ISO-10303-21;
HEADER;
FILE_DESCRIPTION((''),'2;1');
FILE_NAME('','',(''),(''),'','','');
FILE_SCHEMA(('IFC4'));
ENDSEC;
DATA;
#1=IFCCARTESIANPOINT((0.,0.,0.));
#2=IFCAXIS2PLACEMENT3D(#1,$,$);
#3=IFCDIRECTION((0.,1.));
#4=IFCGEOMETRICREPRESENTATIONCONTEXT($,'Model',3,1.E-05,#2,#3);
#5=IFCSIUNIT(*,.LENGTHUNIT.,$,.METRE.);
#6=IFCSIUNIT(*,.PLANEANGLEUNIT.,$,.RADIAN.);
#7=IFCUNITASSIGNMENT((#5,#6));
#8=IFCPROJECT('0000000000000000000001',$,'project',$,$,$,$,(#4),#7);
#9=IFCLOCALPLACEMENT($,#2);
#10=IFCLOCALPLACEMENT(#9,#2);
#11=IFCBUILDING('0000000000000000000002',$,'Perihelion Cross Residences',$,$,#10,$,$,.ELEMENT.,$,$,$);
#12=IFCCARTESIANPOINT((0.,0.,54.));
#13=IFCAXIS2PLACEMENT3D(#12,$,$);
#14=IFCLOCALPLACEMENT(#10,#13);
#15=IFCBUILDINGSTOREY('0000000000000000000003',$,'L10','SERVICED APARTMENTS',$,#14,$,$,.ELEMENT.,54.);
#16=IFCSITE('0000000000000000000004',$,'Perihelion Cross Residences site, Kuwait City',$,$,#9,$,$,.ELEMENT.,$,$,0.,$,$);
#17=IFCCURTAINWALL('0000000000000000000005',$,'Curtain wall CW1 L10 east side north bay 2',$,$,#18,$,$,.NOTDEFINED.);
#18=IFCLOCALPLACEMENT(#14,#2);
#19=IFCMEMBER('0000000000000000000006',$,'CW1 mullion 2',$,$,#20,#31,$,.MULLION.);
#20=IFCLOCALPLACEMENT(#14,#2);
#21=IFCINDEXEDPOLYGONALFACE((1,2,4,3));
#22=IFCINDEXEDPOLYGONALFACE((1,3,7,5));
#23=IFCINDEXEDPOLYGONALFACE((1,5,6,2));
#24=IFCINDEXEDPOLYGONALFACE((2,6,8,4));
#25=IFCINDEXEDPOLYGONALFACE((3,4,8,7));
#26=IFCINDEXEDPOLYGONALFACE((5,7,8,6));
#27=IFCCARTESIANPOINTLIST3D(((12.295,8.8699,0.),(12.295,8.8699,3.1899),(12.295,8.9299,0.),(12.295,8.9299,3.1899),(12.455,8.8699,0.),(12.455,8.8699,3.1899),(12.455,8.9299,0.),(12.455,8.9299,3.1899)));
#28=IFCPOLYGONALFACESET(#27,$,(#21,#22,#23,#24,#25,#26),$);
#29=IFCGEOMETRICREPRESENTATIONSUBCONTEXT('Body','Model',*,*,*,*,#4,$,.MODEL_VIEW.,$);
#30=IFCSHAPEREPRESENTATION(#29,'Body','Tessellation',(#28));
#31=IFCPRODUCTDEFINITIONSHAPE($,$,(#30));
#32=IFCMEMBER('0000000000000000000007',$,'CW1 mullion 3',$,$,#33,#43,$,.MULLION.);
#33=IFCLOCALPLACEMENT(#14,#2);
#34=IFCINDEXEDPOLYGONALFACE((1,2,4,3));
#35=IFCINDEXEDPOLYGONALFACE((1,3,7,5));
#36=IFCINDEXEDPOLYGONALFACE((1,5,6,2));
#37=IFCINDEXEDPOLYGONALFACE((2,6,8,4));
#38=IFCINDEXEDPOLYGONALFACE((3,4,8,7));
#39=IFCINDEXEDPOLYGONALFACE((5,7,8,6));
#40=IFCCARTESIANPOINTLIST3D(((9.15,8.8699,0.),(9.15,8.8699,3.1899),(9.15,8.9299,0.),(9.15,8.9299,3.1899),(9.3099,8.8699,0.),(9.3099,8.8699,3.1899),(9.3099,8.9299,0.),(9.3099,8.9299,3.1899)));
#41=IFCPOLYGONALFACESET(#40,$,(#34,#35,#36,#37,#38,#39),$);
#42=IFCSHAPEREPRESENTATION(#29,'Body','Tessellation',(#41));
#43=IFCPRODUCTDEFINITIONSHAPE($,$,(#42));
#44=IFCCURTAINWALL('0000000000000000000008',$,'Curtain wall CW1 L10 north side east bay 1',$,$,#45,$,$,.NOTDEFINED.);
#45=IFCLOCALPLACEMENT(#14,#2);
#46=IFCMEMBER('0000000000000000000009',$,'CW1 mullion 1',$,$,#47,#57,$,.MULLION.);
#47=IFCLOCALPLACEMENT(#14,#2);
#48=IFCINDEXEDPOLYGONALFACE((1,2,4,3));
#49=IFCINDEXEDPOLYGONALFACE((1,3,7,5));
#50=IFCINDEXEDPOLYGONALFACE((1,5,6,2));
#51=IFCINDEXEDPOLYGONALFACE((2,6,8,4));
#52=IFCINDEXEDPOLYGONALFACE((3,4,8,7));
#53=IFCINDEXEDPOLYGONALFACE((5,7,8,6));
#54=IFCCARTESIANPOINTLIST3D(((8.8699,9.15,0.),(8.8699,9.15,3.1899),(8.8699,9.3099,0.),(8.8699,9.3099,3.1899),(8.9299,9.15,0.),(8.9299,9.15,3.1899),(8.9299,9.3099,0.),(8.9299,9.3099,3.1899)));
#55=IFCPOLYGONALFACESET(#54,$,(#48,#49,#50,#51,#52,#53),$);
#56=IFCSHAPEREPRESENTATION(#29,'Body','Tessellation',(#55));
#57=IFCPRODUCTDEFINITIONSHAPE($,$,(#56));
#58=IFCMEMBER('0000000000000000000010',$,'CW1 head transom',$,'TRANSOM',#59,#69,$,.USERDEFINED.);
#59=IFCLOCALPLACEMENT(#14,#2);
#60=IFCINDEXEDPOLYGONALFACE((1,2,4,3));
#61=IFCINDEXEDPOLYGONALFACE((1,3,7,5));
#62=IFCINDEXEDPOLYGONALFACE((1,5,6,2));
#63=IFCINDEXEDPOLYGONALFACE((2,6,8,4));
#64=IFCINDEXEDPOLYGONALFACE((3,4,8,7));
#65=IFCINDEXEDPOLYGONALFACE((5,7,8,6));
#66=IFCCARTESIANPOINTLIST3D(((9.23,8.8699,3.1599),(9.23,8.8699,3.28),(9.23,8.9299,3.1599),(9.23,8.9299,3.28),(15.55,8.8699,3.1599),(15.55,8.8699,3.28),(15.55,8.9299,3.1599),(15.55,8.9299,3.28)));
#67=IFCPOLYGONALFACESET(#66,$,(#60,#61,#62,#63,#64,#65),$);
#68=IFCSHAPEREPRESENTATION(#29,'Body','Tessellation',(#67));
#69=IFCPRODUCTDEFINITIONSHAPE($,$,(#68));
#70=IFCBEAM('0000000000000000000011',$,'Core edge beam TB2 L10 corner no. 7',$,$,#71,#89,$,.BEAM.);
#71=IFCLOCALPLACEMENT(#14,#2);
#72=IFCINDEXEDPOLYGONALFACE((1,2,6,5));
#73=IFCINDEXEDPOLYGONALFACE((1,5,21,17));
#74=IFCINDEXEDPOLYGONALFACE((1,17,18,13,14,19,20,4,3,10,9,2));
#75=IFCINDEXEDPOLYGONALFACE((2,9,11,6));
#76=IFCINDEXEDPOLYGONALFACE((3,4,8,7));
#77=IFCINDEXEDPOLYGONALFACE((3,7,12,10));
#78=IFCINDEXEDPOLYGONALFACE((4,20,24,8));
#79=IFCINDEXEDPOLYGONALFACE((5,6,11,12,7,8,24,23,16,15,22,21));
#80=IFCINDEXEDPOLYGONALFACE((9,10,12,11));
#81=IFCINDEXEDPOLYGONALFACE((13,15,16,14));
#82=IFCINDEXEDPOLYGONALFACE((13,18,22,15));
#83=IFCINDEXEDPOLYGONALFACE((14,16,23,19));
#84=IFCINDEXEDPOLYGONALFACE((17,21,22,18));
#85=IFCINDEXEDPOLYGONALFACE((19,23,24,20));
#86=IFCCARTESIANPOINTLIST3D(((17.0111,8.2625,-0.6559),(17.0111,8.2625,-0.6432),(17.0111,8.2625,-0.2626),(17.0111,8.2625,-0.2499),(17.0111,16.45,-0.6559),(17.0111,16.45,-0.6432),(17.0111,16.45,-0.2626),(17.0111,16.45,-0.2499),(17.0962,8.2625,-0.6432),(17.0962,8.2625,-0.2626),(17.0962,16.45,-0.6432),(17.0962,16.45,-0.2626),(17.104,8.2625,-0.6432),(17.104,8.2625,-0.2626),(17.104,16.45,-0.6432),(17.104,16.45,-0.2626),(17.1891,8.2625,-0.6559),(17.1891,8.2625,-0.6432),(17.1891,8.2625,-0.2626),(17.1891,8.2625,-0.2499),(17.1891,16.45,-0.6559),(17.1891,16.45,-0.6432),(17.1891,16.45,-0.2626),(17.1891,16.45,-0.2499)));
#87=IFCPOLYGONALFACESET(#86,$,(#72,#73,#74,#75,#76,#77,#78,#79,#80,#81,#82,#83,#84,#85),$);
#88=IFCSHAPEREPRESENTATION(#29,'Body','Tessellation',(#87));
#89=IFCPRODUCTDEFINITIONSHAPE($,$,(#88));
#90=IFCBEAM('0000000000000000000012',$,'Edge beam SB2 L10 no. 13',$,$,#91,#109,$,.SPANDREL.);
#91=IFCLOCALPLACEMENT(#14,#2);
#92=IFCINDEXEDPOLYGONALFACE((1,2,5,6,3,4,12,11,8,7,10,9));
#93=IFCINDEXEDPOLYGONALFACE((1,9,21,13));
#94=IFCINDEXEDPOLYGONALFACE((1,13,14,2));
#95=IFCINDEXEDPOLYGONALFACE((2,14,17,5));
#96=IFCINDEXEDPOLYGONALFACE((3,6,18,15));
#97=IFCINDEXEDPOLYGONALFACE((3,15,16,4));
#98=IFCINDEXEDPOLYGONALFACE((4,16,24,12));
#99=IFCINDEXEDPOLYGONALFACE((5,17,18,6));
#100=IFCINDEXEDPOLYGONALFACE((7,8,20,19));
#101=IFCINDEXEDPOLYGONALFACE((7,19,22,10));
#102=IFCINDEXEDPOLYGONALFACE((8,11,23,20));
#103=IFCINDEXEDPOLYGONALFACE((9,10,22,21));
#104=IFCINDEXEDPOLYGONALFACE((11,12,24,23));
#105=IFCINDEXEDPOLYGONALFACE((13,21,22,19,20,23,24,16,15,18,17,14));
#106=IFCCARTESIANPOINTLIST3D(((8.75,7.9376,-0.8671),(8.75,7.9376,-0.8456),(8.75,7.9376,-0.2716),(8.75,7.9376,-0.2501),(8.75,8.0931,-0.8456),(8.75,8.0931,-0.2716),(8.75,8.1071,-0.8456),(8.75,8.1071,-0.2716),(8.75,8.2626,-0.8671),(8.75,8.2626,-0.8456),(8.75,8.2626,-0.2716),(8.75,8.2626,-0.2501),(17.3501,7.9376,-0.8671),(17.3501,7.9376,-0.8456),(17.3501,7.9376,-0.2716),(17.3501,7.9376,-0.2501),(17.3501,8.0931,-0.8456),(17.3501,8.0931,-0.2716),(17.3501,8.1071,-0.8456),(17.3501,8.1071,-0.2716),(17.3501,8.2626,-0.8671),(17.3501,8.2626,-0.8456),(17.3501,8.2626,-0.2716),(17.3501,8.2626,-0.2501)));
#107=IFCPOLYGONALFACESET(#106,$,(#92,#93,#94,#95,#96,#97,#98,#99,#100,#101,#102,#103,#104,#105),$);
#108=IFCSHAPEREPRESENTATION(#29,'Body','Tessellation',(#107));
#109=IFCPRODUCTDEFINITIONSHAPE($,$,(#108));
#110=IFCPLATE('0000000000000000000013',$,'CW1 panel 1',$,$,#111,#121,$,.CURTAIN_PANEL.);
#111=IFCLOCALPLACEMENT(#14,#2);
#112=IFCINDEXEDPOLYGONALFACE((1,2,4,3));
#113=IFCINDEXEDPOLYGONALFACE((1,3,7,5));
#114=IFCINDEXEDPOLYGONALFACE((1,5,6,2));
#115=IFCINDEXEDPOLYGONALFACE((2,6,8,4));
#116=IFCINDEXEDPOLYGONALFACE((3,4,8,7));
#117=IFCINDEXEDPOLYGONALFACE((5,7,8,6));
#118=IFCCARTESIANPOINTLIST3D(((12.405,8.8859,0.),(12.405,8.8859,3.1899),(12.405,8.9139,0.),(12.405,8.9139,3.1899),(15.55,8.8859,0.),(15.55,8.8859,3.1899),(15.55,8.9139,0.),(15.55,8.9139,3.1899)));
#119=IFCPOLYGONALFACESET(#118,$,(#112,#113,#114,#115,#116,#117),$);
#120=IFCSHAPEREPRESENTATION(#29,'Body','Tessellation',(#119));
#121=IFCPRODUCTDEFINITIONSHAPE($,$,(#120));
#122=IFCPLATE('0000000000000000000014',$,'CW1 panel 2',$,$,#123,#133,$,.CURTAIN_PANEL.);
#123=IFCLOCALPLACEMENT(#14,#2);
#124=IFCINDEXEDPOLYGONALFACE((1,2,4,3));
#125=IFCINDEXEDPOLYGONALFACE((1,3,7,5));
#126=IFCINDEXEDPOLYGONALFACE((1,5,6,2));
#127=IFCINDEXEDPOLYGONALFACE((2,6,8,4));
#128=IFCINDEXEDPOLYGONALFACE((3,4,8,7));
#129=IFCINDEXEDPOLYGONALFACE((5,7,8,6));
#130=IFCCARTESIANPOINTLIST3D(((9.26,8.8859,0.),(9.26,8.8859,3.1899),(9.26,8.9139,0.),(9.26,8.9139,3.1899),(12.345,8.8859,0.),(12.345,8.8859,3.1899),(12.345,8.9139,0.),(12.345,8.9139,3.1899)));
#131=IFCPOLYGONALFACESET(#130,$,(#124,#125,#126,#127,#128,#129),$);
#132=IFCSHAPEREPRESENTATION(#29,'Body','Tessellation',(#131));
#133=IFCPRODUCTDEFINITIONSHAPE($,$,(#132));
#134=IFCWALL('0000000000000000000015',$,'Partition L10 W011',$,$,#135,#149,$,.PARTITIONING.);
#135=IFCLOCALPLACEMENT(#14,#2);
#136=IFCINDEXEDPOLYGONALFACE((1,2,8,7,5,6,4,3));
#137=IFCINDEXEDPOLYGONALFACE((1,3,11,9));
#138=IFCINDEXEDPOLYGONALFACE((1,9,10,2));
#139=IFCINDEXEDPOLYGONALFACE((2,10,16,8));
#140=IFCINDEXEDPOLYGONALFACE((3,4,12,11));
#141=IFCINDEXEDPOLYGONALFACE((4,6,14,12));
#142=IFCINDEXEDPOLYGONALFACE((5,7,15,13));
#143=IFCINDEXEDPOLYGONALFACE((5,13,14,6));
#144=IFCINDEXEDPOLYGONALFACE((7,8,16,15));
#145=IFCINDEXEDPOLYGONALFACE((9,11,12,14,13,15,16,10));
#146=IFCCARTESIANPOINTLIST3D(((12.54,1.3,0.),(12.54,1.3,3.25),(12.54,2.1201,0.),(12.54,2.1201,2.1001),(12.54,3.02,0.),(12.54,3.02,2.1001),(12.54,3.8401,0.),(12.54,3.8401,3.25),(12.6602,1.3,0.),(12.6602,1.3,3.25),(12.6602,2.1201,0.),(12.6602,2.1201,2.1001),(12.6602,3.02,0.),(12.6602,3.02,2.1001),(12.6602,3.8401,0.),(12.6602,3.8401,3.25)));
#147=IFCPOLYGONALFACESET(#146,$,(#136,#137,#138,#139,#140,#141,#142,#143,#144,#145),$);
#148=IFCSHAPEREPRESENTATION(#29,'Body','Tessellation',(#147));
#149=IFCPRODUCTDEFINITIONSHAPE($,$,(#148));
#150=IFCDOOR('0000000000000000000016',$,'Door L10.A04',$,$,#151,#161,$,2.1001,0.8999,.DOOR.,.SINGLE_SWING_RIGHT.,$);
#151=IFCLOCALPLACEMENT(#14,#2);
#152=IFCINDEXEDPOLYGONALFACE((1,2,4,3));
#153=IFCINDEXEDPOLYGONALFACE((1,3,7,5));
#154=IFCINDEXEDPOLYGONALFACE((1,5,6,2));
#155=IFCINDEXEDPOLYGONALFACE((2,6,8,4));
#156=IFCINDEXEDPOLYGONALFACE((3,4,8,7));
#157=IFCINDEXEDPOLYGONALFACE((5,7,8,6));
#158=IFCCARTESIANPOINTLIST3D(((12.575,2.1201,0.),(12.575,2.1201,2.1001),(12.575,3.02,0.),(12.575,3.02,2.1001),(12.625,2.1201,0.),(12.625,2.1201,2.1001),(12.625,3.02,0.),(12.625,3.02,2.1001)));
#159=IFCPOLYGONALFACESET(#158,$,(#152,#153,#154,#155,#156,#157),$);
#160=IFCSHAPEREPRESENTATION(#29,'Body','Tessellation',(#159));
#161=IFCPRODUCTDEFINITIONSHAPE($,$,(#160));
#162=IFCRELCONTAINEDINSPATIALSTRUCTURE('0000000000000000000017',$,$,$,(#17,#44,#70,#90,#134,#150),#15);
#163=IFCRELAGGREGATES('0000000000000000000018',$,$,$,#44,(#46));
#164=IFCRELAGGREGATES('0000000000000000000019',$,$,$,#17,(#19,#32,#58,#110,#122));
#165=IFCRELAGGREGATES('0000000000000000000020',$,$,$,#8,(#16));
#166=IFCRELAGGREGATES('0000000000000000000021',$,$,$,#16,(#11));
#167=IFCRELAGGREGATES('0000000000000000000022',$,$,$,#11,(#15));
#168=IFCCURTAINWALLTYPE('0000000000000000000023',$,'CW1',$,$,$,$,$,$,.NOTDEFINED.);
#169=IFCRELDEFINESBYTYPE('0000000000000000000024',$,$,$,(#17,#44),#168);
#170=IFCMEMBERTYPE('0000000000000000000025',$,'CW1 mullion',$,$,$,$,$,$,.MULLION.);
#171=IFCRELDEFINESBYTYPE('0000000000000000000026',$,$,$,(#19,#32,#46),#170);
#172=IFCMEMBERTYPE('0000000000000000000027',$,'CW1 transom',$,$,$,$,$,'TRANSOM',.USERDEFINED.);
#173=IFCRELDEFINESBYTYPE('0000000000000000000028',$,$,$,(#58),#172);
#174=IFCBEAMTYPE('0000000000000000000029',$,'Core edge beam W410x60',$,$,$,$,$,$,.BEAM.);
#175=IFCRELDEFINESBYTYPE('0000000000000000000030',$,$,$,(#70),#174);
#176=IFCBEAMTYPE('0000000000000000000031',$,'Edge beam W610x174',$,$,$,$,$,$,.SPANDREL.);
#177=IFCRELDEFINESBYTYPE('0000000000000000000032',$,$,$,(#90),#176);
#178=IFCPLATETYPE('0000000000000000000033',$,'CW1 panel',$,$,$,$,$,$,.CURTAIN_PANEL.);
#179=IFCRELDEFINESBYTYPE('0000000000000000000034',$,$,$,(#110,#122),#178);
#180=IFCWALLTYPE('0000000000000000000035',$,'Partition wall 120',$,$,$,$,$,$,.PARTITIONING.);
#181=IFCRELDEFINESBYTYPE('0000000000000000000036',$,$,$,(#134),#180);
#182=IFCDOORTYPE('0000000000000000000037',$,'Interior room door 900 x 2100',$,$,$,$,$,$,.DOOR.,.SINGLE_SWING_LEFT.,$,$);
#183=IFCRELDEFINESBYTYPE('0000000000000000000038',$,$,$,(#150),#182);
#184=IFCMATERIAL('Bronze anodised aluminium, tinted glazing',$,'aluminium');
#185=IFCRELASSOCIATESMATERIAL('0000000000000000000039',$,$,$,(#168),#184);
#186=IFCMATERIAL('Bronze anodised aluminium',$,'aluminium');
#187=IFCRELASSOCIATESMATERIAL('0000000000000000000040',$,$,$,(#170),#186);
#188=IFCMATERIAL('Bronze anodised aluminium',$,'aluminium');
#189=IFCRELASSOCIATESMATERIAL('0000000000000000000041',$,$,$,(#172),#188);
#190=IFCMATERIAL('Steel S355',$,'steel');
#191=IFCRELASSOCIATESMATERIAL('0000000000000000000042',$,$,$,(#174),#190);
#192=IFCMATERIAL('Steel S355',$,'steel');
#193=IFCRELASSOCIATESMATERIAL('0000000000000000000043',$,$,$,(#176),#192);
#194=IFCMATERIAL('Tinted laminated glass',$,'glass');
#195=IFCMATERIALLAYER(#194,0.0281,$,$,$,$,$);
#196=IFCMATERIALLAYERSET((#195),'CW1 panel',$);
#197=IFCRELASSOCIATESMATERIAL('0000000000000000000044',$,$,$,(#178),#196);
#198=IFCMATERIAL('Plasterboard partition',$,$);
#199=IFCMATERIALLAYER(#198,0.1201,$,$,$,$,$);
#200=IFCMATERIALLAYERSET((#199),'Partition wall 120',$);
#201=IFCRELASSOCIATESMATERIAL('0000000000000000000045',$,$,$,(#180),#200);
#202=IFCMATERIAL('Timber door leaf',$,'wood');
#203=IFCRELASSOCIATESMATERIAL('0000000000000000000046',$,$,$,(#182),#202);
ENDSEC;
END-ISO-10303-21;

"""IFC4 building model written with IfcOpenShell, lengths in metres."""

from ifc_helpers import new_model, si_unit, direction, frame, frame_2d, origin, origin_2d, place, context, subcontext, project, spatial, rectangle, i_section, extrude, material, layer, layer_set, material_profile, profile_set, type_object, element, fill, aggregate, save


model = new_model("IFC4")

# Units and contexts
model_context = context("Model", 3, precision=1e-05, world=origin(), true_north=direction((0.0, 1.0)))
body_context = subcontext(model_context, "Body", "Model", "MODEL_VIEW")
ifc_project = project(units=[si_unit("LENGTHUNIT", "METRE"), si_unit("PLANEANGLEUNIT", "RADIAN")], contexts=[model_context])

# Site, building, storey
site_placement = place(None, origin())
site = spatial("IfcSite", under=ifc_project, at=site_placement, Name="Perihelion Cross Residences site, Kuwait City", CompositionType="ELEMENT", RefElevation=0.0)
building_placement = place(site_placement, origin())
building = spatial("IfcBuilding", under=site, at=building_placement, Name="Perihelion Cross Residences", CompositionType="ELEMENT")
storey_placement = place(building_placement, frame((0.0, 0.0, 54.0)))
storey = spatial("IfcBuildingStorey", under=building, at=storey_placement, Name="L10", Description="SERVICED APARTMENTS", CompositionType="ELEMENT", Elevation=54.0)

# Curtain wall, members
ifc_material_1 = material(Name="Bronze anodised aluminium, tinted glazing", Category="aluminium")
curtain_wall_type = type_object("IfcCurtainWallType", Name="CW1", PredefinedType="NOTDEFINED", material=ifc_material_1)
curtain_wall_1_placement = place(storey_placement, origin())
curtain_wall_1 = element("IfcCurtainWall", 1, at=curtain_wall_1_placement, inside=storey, type_object=curtain_wall_type, Name="Curtain wall CW1 L10 east side north bay 2", PredefinedType="NOTDEFINED")
ifc_material_2 = material(Name="Bronze anodised aluminium", Category="aluminium")
ifc_material_profile_1 = material_profile(ifc_material_2, rectangle(XDim=0.0601, YDim=0.1599, at=origin_2d()), Name="CW1 mullion")
ifc_profile_set_1 = profile_set([ifc_material_profile_1], Name="Bronze anodised aluminium")
member_type_1 = type_object("IfcMemberType", Name="CW1 mullion", PredefinedType="MULLION", material=ifc_profile_set_1)
member_1_placement = place(storey_placement, frame((12.375, 8.8999, 0.0), z_axis=(0.0, 0.0, 1.0), x_axis=(0.0, -1.0, 0.0)))
member_1 = element("IfcMember", 2, at=member_1_placement, type_object=member_type_1, Name="CW1 mullion 2", PredefinedType="MULLION", context=body_context, shape_type="SweptSolid", body=[
    extrude(rectangle(XDim=0.0601, YDim=0.1599, at=origin_2d()), origin(), (0.0, 0.0, 1.0), 3.1899),
])
member_2_placement = place(storey_placement, frame((9.23, 8.8999, 0.0), z_axis=(0.0, 0.0, 1.0), x_axis=(0.0, -1.0, 0.0)))
member_2 = element("IfcMember", 3, at=member_2_placement, type_object=member_type_1, Name="CW1 mullion 3", PredefinedType="MULLION", context=body_context, shape_type="SweptSolid", body=[
    extrude(rectangle(XDim=0.0601, YDim=0.1599, at=origin_2d()), origin(), (0.0, 0.0, 1.0), 3.1899),
])

# Curtain wall, member
curtain_wall_2_placement = place(storey_placement, origin())
curtain_wall_2 = element("IfcCurtainWall", 4, at=curtain_wall_2_placement, inside=storey, type_object=curtain_wall_type, Name="Curtain wall CW1 L10 north side east bay 1", PredefinedType="NOTDEFINED")
member_3_placement = place(storey_placement, frame((8.8999, 9.23, 0.0), z_axis=(0.0, 0.0, 1.0), x_axis=(-1.0, 0.0, 0.0)))
member_3 = element("IfcMember", 5, at=member_3_placement, type_object=member_type_1, Name="CW1 mullion 1", PredefinedType="MULLION", context=body_context, shape_type="SweptSolid", body=[
    extrude(rectangle(XDim=0.0601, YDim=0.1599, at=origin_2d()), origin(), (0.0, 0.0, 1.0), 3.1899),
])
aggregate(curtain_wall_2, [member_3])

# Member
ifc_material_3 = material(Name="Bronze anodised aluminium", Category="aluminium")
ifc_material_profile_2 = material_profile(ifc_material_3, rectangle(XDim=0.0601, YDim=0.1201, at=origin_2d()), Name="CW1 transom")
ifc_profile_set_2 = profile_set([ifc_material_profile_2], Name="Bronze anodised aluminium")
member_type_2 = type_object("IfcMemberType", Name="CW1 transom", ElementType="TRANSOM", PredefinedType="USERDEFINED", material=ifc_profile_set_2)
member_4_placement = place(storey_placement, frame((15.55, 8.8999, 3.22), z_axis=(-1.0, 0.0, 0.0), x_axis=(0.0, -1.0, 0.0)))
member_4 = element("IfcMember", 6, at=member_4_placement, type_object=member_type_2, Name="CW1 head transom", ObjectType="TRANSOM", PredefinedType="USERDEFINED", context=body_context, shape_type="SweptSolid", body=[
    extrude(rectangle(XDim=0.0601, YDim=0.1201, at=origin_2d()), origin(), (0.0, 0.0, 1.0), 6.3201),
])

# Beams
ifc_material_4 = material(Name="Steel S355", Category="steel")
ifc_material_profile_3 = material_profile(ifc_material_4, i_section(OverallWidth=0.178, OverallDepth=0.406, WebThickness=0.0078, FlangeThickness=0.0127, at=origin_2d()), Name="W410x60")
ifc_profile_set_3 = profile_set([ifc_material_profile_3], Name="Steel S355")
beam_type_1 = type_object("IfcBeamType", Name="Core edge beam W410x60", PredefinedType="BEAM", material=ifc_profile_set_3)
beam_1_placement = place(storey_placement, frame((17.1001, 8.2625, -0.4529), z_axis=(0.0, 1.0, 0.0), x_axis=(-1.0, 0.0, 0.0)))
element("IfcBeam", 7, at=beam_1_placement, inside=storey, type_object=beam_type_1, Name="Core edge beam TB2 L10 corner no. 7", PredefinedType="BEAM", context=body_context, shape_type="SweptSolid", body=[
    extrude(i_section(OverallWidth=0.178, OverallDepth=0.406, WebThickness=0.0078, FlangeThickness=0.0127, at=origin_2d()), origin(), (0.0, 0.0, 1.0), 8.1875),
])
ifc_material_5 = material(Name="Steel S355", Category="steel")
ifc_material_profile_4 = material_profile(ifc_material_5, i_section(OverallWidth=0.325, OverallDepth=0.6169, WebThickness=0.0139, FlangeThickness=0.0215, at=origin_2d()), Name="W610x174")
ifc_profile_set_4 = profile_set([ifc_material_profile_4], Name="Steel S355")
beam_type_2 = type_object("IfcBeamType", Name="Edge beam W610x174", PredefinedType="SPANDREL", material=ifc_profile_set_4)
beam_2_placement = place(storey_placement, frame((17.3501, 8.1001, -0.5586), z_axis=(-1.0, 0.0, 0.0), x_axis=(0.0, -1.0, 0.0)))
element("IfcBeam", 8, at=beam_2_placement, inside=storey, type_object=beam_type_2, Name="Edge beam SB2 L10 no. 13", PredefinedType="SPANDREL", context=body_context, shape_type="SweptSolid", body=[
    extrude(i_section(OverallWidth=0.325, OverallDepth=0.6169, WebThickness=0.0139, FlangeThickness=0.0215, at=origin_2d()), origin(), (0.0, 0.0, 1.0), 8.6001),
])

# Plates
ifc_material_6 = material(Name="Tinted laminated glass", Category="glass")
ifc_layer_1 = layer(ifc_material_6, 0.0281)
ifc_layer_set_1 = layer_set([ifc_layer_1], Name="CW1 panel")
plate_type = type_object("IfcPlateType", Name="CW1 panel", PredefinedType="CURTAIN_PANEL", material=ifc_layer_set_1)
plate_1_placement = place(storey_placement, frame((13.9775, 8.8999, 0.0), z_axis=(0.0, 0.0, 1.0), x_axis=(-1.0, 0.0, 0.0)))
plate_1 = element("IfcPlate", 9, at=plate_1_placement, type_object=plate_type, Name="CW1 panel 1", PredefinedType="CURTAIN_PANEL", context=body_context, shape_type="SweptSolid", body=[
    extrude(rectangle(XDim=3.145, YDim=0.0281, at=origin_2d()), origin(), (0.0, 0.0, 1.0), 3.1899),
])
plate_2_placement = place(storey_placement, frame((10.8025, 8.8999, 0.0), z_axis=(0.0, 0.0, 1.0), x_axis=(-1.0, 0.0, 0.0)))
plate_2 = element("IfcPlate", 10, at=plate_2_placement, type_object=plate_type, Name="CW1 panel 2", PredefinedType="CURTAIN_PANEL", context=body_context, shape_type="SweptSolid", body=[
    extrude(rectangle(XDim=3.085, YDim=0.0281, at=origin_2d()), origin(), (0.0, 0.0, 1.0), 3.1899),
])
aggregate(curtain_wall_1, [member_1, member_2, member_4, plate_1, plate_2])

# Wall, opening, door
ifc_material_7 = material(Name="Plasterboard partition")
ifc_layer_2 = layer(ifc_material_7, 0.1201)
ifc_layer_set_2 = layer_set([ifc_layer_2], Name="Partition wall 120")
wall_type_1 = type_object("IfcWallType", Name="Partition wall 120", PredefinedType="PARTITIONING", material=ifc_layer_set_2)
wall_1_placement = place(storey_placement, frame((12.6001, 3.8401, 0.0), z_axis=(0.0, 0.0, 1.0), x_axis=(0.0, -1.0, 0.0)))
wall_1 = element("IfcWall", 11, at=wall_1_placement, inside=storey, type_object=wall_type_1, Name="Partition L10 W011", PredefinedType="PARTITIONING", context=body_context, shape_type="SweptSolid", body=[
    extrude(rectangle(XDim=2.54, YDim=0.1201, at=frame_2d((1.27, 0.0))), origin(), (0.0, 0.0, 1.0), 3.25),
])
opening_1_placement = place(wall_1_placement, frame((0.8201, 0.0, 0.0)))
opening_1 = element("IfcOpeningElement", 12, at=opening_1_placement, cuts=wall_1, PredefinedType="OPENING", context=body_context, shape_type="SweptSolid", body=[
    extrude(rectangle(XDim=0.8999, YDim=2.1001, at=frame_2d((0.45, 1.05))), frame((0.0, 0.0701, 0.0), z_axis=(0.0, -1.0, 0.0), x_axis=(1.0, 0.0, 0.0)), (0.0, 0.0, 1.0), 0.1401),
])
ifc_material_8 = material(Name="Timber door leaf", Category="wood")
door_type_1 = type_object("IfcDoorType", Name="Interior room door 900 x 2100", OperationType="SINGLE_SWING_LEFT", PredefinedType="DOOR", material=ifc_material_8)
door_1_placement = place(opening_1_placement, origin())
door_1 = element("IfcDoor", 13, at=door_1_placement, inside=storey, type_object=door_type_1, Name="Door L10.A04", OperationType="SINGLE_SWING_RIGHT", OverallHeight=2.1001, OverallWidth=0.8999, PredefinedType="DOOR", context=body_context, shape_type="SweptSolid", body=[
    extrude(rectangle(XDim=0.8999, YDim=2.1001, at=frame_2d((0.45, 1.05))), frame((0.0, 0.0249, 0.0), z_axis=(0.0, -1.0, 0.0), x_axis=(1.0, 0.0, 0.0)), (0.0, 0.0, 1.0), 0.05),
])
fill(opening_1, door_1)

save(model, "model.ifc")
